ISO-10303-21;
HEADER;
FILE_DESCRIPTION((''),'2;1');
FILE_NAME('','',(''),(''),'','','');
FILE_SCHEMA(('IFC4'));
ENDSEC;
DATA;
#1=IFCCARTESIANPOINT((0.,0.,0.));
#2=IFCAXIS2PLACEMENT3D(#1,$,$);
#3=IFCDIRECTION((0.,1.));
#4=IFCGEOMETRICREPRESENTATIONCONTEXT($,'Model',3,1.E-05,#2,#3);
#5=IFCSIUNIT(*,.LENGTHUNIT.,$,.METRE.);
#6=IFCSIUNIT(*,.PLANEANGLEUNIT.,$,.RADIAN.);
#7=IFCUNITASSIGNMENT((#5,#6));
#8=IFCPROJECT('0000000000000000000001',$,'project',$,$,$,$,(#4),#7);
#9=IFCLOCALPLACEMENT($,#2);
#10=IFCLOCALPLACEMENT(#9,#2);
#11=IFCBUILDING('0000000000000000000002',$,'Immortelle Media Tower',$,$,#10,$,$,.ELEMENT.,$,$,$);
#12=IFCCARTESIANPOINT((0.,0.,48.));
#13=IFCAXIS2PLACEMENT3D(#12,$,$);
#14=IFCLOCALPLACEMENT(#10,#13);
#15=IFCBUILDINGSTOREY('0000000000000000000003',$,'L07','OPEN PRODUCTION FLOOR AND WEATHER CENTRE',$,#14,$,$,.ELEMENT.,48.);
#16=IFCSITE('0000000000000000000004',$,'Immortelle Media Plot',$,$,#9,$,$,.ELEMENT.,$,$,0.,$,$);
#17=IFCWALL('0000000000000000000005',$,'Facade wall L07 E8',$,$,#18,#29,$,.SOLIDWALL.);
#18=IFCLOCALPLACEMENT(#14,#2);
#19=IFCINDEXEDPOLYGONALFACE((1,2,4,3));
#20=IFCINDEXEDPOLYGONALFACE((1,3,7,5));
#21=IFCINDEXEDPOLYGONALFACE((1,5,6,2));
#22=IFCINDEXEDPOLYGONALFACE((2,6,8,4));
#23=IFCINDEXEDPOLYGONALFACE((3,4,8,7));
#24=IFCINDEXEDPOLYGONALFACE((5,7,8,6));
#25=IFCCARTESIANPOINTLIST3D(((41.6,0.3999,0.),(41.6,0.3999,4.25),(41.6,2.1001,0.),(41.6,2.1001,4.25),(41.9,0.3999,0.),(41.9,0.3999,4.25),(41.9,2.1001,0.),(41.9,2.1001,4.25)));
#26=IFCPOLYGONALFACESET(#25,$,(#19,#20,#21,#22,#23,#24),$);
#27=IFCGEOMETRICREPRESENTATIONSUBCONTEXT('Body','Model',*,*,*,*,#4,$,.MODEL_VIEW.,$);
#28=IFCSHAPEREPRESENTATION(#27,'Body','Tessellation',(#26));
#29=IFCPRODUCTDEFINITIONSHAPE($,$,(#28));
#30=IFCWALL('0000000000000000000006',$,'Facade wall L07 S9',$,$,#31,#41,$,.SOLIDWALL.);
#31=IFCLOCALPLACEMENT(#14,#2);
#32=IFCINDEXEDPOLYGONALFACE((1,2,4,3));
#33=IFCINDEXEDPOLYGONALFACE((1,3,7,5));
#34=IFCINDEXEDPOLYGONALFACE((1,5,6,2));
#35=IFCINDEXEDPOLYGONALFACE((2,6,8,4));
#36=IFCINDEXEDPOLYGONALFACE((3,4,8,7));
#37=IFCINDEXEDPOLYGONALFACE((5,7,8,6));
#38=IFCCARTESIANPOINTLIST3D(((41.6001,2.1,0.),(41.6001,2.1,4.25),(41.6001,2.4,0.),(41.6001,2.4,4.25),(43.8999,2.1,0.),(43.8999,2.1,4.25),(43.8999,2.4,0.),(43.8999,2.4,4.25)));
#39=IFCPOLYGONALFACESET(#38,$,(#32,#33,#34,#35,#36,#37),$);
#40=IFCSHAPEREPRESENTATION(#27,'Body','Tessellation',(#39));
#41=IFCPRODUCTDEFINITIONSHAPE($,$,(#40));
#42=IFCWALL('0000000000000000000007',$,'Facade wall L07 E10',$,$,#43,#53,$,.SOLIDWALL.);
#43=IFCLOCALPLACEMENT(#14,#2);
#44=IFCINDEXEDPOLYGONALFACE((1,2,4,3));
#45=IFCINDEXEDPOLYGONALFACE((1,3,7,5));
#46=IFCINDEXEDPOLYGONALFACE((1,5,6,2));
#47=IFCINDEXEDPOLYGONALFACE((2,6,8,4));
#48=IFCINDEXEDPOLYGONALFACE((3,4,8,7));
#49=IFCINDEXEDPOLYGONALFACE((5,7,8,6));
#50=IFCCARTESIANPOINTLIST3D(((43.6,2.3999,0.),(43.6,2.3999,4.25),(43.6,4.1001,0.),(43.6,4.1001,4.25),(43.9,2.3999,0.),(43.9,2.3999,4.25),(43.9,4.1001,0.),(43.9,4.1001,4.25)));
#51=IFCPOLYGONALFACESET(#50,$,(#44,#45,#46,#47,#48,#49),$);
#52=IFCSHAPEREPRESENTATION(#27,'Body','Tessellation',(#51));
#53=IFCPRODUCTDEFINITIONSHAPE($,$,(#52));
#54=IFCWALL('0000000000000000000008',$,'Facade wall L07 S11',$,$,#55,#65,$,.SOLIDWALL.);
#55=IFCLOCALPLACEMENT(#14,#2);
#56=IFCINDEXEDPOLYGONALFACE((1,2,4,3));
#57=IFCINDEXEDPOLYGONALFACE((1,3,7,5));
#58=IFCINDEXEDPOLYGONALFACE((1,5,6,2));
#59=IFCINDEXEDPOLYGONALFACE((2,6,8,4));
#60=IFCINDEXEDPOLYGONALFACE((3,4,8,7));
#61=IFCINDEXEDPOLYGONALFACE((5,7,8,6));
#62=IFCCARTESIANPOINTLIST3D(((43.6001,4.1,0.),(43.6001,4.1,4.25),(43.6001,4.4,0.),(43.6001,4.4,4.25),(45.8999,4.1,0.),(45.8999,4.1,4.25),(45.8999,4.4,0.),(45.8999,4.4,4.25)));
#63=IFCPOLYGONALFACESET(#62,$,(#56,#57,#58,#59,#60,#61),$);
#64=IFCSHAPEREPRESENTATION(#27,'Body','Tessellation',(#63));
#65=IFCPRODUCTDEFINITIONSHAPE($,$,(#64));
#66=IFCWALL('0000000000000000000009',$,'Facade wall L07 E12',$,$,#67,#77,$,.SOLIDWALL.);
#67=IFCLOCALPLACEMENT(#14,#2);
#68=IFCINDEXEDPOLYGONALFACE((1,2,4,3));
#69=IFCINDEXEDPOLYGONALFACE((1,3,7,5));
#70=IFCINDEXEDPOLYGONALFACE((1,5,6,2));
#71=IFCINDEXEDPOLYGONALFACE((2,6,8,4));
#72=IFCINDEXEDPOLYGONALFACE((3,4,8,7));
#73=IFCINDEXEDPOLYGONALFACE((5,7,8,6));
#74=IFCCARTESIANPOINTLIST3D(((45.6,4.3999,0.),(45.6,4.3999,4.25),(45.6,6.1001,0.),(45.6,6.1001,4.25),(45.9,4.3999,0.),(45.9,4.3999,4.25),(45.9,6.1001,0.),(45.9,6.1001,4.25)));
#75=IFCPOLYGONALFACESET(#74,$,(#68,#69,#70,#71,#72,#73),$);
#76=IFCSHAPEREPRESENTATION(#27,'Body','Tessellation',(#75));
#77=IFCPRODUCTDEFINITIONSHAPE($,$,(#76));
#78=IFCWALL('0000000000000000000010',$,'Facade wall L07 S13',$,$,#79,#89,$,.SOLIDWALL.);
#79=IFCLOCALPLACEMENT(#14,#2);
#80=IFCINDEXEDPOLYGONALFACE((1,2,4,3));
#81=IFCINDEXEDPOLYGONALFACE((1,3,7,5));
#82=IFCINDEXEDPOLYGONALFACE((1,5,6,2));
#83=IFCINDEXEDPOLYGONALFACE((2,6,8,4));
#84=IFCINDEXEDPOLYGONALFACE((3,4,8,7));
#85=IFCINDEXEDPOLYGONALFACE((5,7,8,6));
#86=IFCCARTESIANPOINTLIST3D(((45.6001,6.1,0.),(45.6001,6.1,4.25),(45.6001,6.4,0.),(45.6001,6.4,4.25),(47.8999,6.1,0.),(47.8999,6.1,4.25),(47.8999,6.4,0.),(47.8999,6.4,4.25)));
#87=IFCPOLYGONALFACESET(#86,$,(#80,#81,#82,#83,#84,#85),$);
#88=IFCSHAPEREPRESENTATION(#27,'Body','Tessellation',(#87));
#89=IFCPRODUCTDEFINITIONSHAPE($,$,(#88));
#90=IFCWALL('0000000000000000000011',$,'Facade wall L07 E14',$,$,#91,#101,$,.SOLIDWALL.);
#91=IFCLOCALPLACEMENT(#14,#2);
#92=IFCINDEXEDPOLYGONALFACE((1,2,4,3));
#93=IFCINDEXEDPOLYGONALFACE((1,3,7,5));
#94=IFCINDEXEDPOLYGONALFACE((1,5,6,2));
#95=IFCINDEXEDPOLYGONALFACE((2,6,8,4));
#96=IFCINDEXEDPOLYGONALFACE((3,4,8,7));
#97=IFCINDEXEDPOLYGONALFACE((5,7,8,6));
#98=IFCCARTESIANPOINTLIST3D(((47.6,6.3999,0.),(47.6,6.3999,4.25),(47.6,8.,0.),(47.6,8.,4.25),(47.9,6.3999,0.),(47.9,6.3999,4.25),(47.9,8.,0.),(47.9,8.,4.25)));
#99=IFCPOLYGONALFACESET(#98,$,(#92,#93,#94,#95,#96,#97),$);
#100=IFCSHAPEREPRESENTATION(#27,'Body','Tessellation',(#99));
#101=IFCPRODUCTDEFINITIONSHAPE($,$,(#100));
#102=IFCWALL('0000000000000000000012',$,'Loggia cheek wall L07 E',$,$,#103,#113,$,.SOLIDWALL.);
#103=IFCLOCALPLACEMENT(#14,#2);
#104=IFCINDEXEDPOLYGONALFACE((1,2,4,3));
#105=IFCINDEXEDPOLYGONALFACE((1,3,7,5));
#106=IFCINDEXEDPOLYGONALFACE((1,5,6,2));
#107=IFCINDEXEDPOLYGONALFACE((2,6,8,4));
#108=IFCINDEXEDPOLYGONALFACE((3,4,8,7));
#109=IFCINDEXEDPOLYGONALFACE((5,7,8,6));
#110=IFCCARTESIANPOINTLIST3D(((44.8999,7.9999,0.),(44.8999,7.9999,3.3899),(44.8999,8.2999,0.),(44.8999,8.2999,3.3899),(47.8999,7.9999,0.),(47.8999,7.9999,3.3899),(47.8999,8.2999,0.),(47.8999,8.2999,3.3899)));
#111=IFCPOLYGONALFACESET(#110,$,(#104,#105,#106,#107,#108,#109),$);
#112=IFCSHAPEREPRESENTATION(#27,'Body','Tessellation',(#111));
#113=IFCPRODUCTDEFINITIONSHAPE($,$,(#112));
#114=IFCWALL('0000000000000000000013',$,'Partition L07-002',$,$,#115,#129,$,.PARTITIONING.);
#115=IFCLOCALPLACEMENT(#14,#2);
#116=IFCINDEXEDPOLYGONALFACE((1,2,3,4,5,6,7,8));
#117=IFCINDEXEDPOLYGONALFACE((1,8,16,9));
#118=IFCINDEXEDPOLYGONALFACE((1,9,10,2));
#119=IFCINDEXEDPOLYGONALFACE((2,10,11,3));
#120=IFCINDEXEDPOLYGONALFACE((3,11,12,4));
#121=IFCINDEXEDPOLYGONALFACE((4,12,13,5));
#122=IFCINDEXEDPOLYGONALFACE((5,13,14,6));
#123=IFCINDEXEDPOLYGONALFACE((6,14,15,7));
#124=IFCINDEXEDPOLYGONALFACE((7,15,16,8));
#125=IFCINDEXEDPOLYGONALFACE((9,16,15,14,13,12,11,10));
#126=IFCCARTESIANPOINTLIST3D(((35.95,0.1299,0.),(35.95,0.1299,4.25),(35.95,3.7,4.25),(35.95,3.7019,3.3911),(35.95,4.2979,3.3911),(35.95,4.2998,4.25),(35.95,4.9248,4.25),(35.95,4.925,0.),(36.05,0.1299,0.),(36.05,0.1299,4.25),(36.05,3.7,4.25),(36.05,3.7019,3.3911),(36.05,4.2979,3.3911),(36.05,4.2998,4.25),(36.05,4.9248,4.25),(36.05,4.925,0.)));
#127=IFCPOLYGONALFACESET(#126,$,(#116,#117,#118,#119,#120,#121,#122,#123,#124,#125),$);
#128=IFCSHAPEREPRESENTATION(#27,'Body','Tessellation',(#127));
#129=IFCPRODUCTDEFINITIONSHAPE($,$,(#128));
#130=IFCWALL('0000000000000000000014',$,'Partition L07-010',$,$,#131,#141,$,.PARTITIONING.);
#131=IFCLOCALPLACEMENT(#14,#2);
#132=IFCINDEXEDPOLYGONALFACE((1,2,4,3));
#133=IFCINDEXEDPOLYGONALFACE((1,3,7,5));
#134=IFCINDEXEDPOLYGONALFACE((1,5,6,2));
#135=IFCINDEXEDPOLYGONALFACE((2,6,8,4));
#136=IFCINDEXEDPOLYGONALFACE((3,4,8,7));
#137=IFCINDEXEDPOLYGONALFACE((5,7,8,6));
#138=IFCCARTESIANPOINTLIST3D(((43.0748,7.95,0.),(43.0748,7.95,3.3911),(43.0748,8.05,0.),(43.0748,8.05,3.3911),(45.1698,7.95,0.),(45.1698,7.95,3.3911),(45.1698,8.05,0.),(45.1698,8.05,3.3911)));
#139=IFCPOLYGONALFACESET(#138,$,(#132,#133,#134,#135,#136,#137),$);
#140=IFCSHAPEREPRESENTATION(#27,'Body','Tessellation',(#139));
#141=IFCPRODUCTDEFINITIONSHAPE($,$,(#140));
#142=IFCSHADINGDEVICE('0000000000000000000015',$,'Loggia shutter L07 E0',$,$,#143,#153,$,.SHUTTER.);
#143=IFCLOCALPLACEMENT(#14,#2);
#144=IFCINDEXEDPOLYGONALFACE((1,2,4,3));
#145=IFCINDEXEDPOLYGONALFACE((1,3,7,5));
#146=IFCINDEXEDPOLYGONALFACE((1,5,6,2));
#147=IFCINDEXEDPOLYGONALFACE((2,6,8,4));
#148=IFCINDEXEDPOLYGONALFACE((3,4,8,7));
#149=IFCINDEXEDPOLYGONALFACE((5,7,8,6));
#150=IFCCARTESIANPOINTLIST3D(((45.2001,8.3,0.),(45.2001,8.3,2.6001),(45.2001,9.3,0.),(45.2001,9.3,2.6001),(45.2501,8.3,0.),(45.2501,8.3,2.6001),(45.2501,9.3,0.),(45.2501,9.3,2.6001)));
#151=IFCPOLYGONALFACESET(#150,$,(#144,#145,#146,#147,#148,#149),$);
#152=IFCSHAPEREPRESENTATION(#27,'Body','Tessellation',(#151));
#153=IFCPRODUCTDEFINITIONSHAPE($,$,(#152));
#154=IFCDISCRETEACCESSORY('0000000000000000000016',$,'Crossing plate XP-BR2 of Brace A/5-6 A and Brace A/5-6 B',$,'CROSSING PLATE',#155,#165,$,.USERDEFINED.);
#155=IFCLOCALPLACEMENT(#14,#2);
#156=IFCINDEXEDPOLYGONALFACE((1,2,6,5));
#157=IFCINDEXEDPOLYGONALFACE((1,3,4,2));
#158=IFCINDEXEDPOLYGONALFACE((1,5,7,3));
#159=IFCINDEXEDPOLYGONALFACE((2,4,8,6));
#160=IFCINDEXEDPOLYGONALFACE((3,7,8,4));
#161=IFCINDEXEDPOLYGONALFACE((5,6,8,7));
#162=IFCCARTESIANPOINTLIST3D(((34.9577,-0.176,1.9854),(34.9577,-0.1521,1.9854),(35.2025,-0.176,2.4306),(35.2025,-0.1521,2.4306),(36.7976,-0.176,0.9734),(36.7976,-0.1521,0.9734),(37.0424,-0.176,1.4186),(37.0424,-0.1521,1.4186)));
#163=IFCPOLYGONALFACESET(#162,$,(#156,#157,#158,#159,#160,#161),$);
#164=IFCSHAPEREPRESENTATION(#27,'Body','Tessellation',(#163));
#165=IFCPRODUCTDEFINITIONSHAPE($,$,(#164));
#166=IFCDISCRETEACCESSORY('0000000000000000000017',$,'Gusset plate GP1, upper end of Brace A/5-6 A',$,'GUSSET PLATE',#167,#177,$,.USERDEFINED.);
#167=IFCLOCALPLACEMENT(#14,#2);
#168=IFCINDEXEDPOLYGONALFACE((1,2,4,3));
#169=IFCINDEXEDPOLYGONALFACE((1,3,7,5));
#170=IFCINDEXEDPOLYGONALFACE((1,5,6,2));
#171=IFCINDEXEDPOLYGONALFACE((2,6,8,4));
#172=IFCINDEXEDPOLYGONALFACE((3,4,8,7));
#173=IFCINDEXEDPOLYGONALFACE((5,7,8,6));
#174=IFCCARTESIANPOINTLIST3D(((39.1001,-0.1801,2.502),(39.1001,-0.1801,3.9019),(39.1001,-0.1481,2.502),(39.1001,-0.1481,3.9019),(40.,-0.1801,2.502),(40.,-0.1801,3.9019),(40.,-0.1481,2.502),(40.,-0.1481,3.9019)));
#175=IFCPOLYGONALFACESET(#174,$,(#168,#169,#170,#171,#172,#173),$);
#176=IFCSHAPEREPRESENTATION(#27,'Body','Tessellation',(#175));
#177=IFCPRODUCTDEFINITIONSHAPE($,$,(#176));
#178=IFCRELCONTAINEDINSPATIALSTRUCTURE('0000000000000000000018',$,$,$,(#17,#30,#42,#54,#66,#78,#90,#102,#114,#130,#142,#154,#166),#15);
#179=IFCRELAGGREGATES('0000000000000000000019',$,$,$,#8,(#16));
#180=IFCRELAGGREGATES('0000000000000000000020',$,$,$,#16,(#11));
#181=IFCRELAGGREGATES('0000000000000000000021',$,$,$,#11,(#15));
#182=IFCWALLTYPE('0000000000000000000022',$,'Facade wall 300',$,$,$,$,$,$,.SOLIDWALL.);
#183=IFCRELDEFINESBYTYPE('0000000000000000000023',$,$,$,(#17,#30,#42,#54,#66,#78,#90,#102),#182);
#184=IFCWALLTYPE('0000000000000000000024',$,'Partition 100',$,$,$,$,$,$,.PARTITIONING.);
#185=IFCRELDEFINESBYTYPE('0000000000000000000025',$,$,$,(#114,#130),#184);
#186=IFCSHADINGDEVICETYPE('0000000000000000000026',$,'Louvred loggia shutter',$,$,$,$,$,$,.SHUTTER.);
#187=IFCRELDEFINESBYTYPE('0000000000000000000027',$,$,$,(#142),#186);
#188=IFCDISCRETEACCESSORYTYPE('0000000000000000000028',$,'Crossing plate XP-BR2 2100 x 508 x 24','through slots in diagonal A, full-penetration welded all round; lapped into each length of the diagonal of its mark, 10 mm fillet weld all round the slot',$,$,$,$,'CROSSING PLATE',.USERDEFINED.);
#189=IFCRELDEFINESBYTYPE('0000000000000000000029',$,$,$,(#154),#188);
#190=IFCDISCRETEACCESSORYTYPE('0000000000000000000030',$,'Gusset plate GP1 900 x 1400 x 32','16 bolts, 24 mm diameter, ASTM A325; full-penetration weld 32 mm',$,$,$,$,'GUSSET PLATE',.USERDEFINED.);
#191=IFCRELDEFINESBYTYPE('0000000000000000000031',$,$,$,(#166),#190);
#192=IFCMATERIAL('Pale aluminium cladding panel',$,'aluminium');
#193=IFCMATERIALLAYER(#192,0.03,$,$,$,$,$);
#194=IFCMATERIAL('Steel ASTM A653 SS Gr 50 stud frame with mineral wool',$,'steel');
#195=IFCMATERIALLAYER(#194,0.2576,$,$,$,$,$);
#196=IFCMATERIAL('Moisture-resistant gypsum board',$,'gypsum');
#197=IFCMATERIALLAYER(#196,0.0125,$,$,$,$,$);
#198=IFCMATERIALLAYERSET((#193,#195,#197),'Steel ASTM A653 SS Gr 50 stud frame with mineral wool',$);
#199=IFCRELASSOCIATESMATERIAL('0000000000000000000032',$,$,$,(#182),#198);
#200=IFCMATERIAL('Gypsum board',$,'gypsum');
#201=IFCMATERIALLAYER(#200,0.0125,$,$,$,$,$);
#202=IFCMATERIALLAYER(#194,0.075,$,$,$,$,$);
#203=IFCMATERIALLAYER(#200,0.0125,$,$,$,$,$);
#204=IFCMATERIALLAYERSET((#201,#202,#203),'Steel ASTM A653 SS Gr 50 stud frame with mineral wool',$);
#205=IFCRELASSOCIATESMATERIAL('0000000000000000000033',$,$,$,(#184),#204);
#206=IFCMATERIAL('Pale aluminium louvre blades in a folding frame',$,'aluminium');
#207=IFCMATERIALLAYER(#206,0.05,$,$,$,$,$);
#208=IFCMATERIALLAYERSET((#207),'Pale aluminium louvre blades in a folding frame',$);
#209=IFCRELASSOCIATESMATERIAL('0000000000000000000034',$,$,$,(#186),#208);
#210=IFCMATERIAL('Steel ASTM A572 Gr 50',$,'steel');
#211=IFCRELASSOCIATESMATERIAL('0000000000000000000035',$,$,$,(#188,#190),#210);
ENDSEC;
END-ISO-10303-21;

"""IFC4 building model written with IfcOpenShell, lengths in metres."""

from ifc_helpers import new_model, si_unit, direction, frame, frame_2d, origin, origin_2d, place, context, subcontext, project, spatial, polyline, rectangle, outline, extrude, material, layer, layer_set, material_profile, profile_set, type_object, element, save


model = new_model("IFC4")

# Units and contexts
model_context = context("Model", 3, precision=1e-05, world=origin(), true_north=direction((0.0, 1.0)))
body_context = subcontext(model_context, "Body", "Model", "MODEL_VIEW")
ifc_project = project(units=[si_unit("LENGTHUNIT", "METRE"), si_unit("PLANEANGLEUNIT", "RADIAN")], contexts=[model_context])

# Site, building, storey
site_placement = place(None, origin())
site = spatial("IfcSite", under=ifc_project, at=site_placement, Name="Immortelle Media Plot", CompositionType="ELEMENT", RefElevation=0.0)
building_placement = place(site_placement, origin())
building = spatial("IfcBuilding", under=site, at=building_placement, Name="Immortelle Media Tower", CompositionType="ELEMENT")
storey_placement = place(building_placement, frame((0.0, 0.0, 48.0)))
storey = spatial("IfcBuildingStorey", under=building, at=storey_placement, Name="L07", Description="OPEN PRODUCTION FLOOR AND WEATHER CENTRE", CompositionType="ELEMENT", Elevation=48.0)

# Shared definitions
ifc_material_1 = material(Name="Steel ASTM A653 SS Gr 50 stud frame with mineral wool", Category="steel")

# Walls
ifc_material_2 = material(Name="Pale aluminium cladding panel", Category="aluminium")
ifc_layer_1 = layer(ifc_material_2, 0.03)
ifc_layer_2 = layer(ifc_material_1, 0.2576)
ifc_material_3 = material(Name="Moisture-resistant gypsum board", Category="gypsum")
ifc_layer_3 = layer(ifc_material_3, 0.0125)
ifc_layer_set_1 = layer_set([ifc_layer_1, ifc_layer_2, ifc_layer_3], Name="Steel ASTM A653 SS Gr 50 stud frame with mineral wool")
wall_type_1 = type_object("IfcWallType", Name="Facade wall 300", PredefinedType="SOLIDWALL", material=ifc_layer_set_1)
wall_1_placement = place(storey_placement, frame((41.75, 0.3999, 0.0), z_axis=(0.0, 0.0, 1.0), x_axis=(0.0, 1.0, 0.0)))
element("IfcWall", 1, at=wall_1_placement, inside=storey, type_object=wall_type_1, Name="Facade wall L07 E8", PredefinedType="SOLIDWALL", context=body_context, shape_type="SweptSolid", body=[
    extrude(rectangle(XDim=1.7002, YDim=0.3, at=frame_2d((0.8501, 0.0))), origin(), (0.0, 0.0, 1.0), 4.25),
])
wall_2_placement = place(storey_placement, frame((41.6001, 2.25, 0.0), z_axis=(0.0, 0.0, 1.0), x_axis=(1.0, 0.0, 0.0)))
element("IfcWall", 2, at=wall_2_placement, inside=storey, type_object=wall_type_1, Name="Facade wall L07 S9", PredefinedType="SOLIDWALL", context=body_context, shape_type="SweptSolid", body=[
    extrude(rectangle(XDim=2.2998, YDim=0.3, at=frame_2d((1.1499, 0.0))), origin(), (0.0, 0.0, 1.0), 4.25),
])
wall_3_placement = place(storey_placement, frame((43.75, 2.3999, 0.0), z_axis=(0.0, 0.0, 1.0), x_axis=(0.0, 1.0, 0.0)))
element("IfcWall", 3, at=wall_3_placement, inside=storey, type_object=wall_type_1, Name="Facade wall L07 E10", PredefinedType="SOLIDWALL", context=body_context, shape_type="SweptSolid", body=[
    extrude(rectangle(XDim=1.7002, YDim=0.3, at=frame_2d((0.8501, 0.0))), origin(), (0.0, 0.0, 1.0), 4.25),
])
wall_4_placement = place(storey_placement, frame((43.6001, 4.25, 0.0), z_axis=(0.0, 0.0, 1.0), x_axis=(1.0, 0.0, 0.0)))
element("IfcWall", 4, at=wall_4_placement, inside=storey, type_object=wall_type_1, Name="Facade wall L07 S11", PredefinedType="SOLIDWALL", context=body_context, shape_type="SweptSolid", body=[
    extrude(rectangle(XDim=2.2998, YDim=0.3, at=frame_2d((1.1499, 0.0))), origin(), (0.0, 0.0, 1.0), 4.25),
])
wall_5_placement = place(storey_placement, frame((45.75, 4.3999, 0.0), z_axis=(0.0, 0.0, 1.0), x_axis=(0.0, 1.0, 0.0)))
element("IfcWall", 5, at=wall_5_placement, inside=storey, type_object=wall_type_1, Name="Facade wall L07 E12", PredefinedType="SOLIDWALL", context=body_context, shape_type="SweptSolid", body=[
    extrude(rectangle(XDim=1.7002, YDim=0.3, at=frame_2d((0.8501, 0.0))), origin(), (0.0, 0.0, 1.0), 4.25),
])
wall_6_placement = place(storey_placement, frame((45.6001, 6.25, 0.0), z_axis=(0.0, 0.0, 1.0), x_axis=(1.0, 0.0, 0.0)))
element("IfcWall", 6, at=wall_6_placement, inside=storey, type_object=wall_type_1, Name="Facade wall L07 S13", PredefinedType="SOLIDWALL", context=body_context, shape_type="SweptSolid", body=[
    extrude(rectangle(XDim=2.2998, YDim=0.3, at=frame_2d((1.1499, 0.0))), origin(), (0.0, 0.0, 1.0), 4.25),
])
wall_7_placement = place(storey_placement, frame((47.75, 6.3999, 0.0), z_axis=(0.0, 0.0, 1.0), x_axis=(0.0, 1.0, 0.0)))
element("IfcWall", 7, at=wall_7_placement, inside=storey, type_object=wall_type_1, Name="Facade wall L07 E14", PredefinedType="SOLIDWALL", context=body_context, shape_type="SweptSolid", body=[
    extrude(rectangle(XDim=1.6001, YDim=0.3, at=frame_2d((0.8, 0.0))), origin(), (0.0, 0.0, 1.0), 4.25),
])

# Walls
wall_8_placement = place(storey_placement, frame((47.8999, 8.1499, 0.0), z_axis=(0.0, 0.0, 1.0), x_axis=(-1.0, 0.0, 0.0)))
element("IfcWall", 8, at=wall_8_placement, inside=storey, type_object=wall_type_1, Name="Loggia cheek wall L07 E", PredefinedType="SOLIDWALL", context=body_context, shape_type="SweptSolid", body=[
    extrude(rectangle(XDim=3.0, YDim=0.3, at=frame_2d((1.5, 0.0))), origin(), (0.0, 0.0, 1.0), 3.3899),
])
ifc_material_4 = material(Name="Gypsum board", Category="gypsum")
ifc_layer_4 = layer(ifc_material_4, 0.0125)
ifc_layer_5 = layer(ifc_material_1, 0.075)
ifc_layer_6 = layer(ifc_material_4, 0.0125)
ifc_layer_set_2 = layer_set([ifc_layer_4, ifc_layer_5, ifc_layer_6], Name="Steel ASTM A653 SS Gr 50 stud frame with mineral wool")
wall_type_2 = type_object("IfcWallType", Name="Partition 100", PredefinedType="PARTITIONING", material=ifc_layer_set_2)
wall_9_placement = place(storey_placement, frame((36.0, 0.1299, 0.0), z_axis=(0.0, 0.0, 1.0), x_axis=(0.0, 1.0, 0.0)))
element("IfcWall", 9, at=wall_9_placement, inside=storey, type_object=wall_type_2, Name="Partition L07-002", PredefinedType="PARTITIONING", context=body_context, shape_type="SweptSolid", body=[
    extrude(outline(polyline([(0.0, 0.0), (4.7952, 0.0), (4.7949, 4.25), (4.1699, 4.25), (4.168, 3.3911), (3.572, 3.3911), (3.5701, 4.25), (0.0, 4.25), (0.0, 0.0)])), frame((0.0, 0.05, 0.0), z_axis=(0.0, -1.0, 0.0), x_axis=(1.0, 0.0, 0.0)), (0.0, 0.0, 1.0), 0.1001),
])
wall_10_placement = place(storey_placement, frame((43.075, 8.0, 0.0), z_axis=(0.0, 0.0, 1.0), x_axis=(1.0, 0.0, 0.0)))
element("IfcWall", 10, at=wall_10_placement, inside=storey, type_object=wall_type_2, Name="Partition L07-010", PredefinedType="PARTITIONING", context=body_context, shape_type="SweptSolid", body=[
    extrude(rectangle(XDim=2.095, YDim=0.1001, at=frame_2d((1.0474, 0.0))), origin(), (0.0, 0.0, 1.0), 3.3911),
])

# Shading device
ifc_material_5 = material(Name="Pale aluminium louvre blades in a folding frame", Category="aluminium")
ifc_layer_7 = layer(ifc_material_5, 0.05)
ifc_layer_set_3 = layer_set([ifc_layer_7], Name="Pale aluminium louvre blades in a folding frame")
shading_device_type = type_object("IfcShadingDeviceType", Name="Louvred loggia shutter", PredefinedType="SHUTTER", material=ifc_layer_set_3)
shading_device_placement = place(storey_placement, frame((45.2251, 8.8, 0.0), z_axis=(0.0, 0.0, 1.0), x_axis=(0.0, 1.0, 0.0)))
element("IfcShadingDevice", 11, at=shading_device_placement, inside=storey, type_object=shading_device_type, Name="Loggia shutter L07 E0", PredefinedType="SHUTTER", context=body_context, shape_type="SweptSolid", body=[
    extrude(rectangle(XDim=1.0, YDim=0.05, at=origin_2d()), origin(), (0.0, 0.0, 1.0), 2.6001),
])

# Discrete accessories
ifc_material_6 = material(Name="Steel ASTM A572 Gr 50", Category="steel")
ifc_material_profile_1 = material_profile(ifc_material_6, rectangle(XDim=0.0239, YDim=0.5081, at=origin_2d()), Name="PL 24 x 508")
ifc_profile_set_1 = profile_set([ifc_material_profile_1], Name="Steel ASTM A572 Gr 50")
discrete_accessory_type_1 = type_object("IfcDiscreteAccessoryType", Name="Crossing plate XP-BR2 2100 x 508 x 24", Description="through slots in diagonal A, full-penetration welded all round; lapped into each length of the diagonal of its mark, 10 mm fillet weld all round the slot", ElementType="CROSSING PLATE", PredefinedType="USERDEFINED", material=ifc_profile_set_1)
discrete_accessory_placement = place(storey_placement, frame((35.0801, -0.1641, 2.208), z_axis=(0.876206, 0.0, -0.481937), x_axis=(0.0, 1.0, 0.0)))
element("IfcDiscreteAccessory", 12, at=discrete_accessory_placement, inside=storey, type_object=discrete_accessory_type_1, Name="Crossing plate XP-BR2 of Brace A/5-6 A and Brace A/5-6 B", ObjectType="CROSSING PLATE", PredefinedType="USERDEFINED", context=body_context, shape_type="SweptSolid", body=[
    extrude(rectangle(XDim=0.0239, YDim=0.5081, at=origin_2d()), origin(), (0.0, 0.0, 1.0), 2.0999),
])
ifc_material_profile_2 = material_profile(ifc_material_6, rectangle(XDim=0.032, YDim=1.3999, at=origin_2d()), Name="PL 32 x 1400")
ifc_profile_set_2 = profile_set([ifc_material_profile_2], Name="Steel ASTM A572 Gr 50")
discrete_accessory_type_2 = type_object("IfcDiscreteAccessoryType", Name="Gusset plate GP1 900 x 1400 x 32", Description="16 bolts, 24 mm diameter, ASTM A325; full-penetration weld 32 mm", ElementType="GUSSET PLATE", PredefinedType="USERDEFINED", material=ifc_profile_set_2)
for number, where, z_axis, x_axis, name in (
    (13, (40.0, -0.1641, 3.2019), (-1.0, 0.0, 0.0), (0.0, -1.0, 0.0), "Gusset plate GP1, upper end of Brace A/5-6 A"),
):
    element("IfcDiscreteAccessory", number, at=place(storey_placement, frame(where, z_axis=z_axis, x_axis=x_axis)), inside=storey, type_object=discrete_accessory_type_2, Name=name, ObjectType="GUSSET PLATE", PredefinedType="USERDEFINED", context=body_context, shape_type="SweptSolid", body=[
        extrude(rectangle(XDim=0.032, YDim=1.3999, at=origin_2d()), origin(), (0.0, 0.0, 1.0), 0.8999),
    ])

save(model, "model.ifc")
